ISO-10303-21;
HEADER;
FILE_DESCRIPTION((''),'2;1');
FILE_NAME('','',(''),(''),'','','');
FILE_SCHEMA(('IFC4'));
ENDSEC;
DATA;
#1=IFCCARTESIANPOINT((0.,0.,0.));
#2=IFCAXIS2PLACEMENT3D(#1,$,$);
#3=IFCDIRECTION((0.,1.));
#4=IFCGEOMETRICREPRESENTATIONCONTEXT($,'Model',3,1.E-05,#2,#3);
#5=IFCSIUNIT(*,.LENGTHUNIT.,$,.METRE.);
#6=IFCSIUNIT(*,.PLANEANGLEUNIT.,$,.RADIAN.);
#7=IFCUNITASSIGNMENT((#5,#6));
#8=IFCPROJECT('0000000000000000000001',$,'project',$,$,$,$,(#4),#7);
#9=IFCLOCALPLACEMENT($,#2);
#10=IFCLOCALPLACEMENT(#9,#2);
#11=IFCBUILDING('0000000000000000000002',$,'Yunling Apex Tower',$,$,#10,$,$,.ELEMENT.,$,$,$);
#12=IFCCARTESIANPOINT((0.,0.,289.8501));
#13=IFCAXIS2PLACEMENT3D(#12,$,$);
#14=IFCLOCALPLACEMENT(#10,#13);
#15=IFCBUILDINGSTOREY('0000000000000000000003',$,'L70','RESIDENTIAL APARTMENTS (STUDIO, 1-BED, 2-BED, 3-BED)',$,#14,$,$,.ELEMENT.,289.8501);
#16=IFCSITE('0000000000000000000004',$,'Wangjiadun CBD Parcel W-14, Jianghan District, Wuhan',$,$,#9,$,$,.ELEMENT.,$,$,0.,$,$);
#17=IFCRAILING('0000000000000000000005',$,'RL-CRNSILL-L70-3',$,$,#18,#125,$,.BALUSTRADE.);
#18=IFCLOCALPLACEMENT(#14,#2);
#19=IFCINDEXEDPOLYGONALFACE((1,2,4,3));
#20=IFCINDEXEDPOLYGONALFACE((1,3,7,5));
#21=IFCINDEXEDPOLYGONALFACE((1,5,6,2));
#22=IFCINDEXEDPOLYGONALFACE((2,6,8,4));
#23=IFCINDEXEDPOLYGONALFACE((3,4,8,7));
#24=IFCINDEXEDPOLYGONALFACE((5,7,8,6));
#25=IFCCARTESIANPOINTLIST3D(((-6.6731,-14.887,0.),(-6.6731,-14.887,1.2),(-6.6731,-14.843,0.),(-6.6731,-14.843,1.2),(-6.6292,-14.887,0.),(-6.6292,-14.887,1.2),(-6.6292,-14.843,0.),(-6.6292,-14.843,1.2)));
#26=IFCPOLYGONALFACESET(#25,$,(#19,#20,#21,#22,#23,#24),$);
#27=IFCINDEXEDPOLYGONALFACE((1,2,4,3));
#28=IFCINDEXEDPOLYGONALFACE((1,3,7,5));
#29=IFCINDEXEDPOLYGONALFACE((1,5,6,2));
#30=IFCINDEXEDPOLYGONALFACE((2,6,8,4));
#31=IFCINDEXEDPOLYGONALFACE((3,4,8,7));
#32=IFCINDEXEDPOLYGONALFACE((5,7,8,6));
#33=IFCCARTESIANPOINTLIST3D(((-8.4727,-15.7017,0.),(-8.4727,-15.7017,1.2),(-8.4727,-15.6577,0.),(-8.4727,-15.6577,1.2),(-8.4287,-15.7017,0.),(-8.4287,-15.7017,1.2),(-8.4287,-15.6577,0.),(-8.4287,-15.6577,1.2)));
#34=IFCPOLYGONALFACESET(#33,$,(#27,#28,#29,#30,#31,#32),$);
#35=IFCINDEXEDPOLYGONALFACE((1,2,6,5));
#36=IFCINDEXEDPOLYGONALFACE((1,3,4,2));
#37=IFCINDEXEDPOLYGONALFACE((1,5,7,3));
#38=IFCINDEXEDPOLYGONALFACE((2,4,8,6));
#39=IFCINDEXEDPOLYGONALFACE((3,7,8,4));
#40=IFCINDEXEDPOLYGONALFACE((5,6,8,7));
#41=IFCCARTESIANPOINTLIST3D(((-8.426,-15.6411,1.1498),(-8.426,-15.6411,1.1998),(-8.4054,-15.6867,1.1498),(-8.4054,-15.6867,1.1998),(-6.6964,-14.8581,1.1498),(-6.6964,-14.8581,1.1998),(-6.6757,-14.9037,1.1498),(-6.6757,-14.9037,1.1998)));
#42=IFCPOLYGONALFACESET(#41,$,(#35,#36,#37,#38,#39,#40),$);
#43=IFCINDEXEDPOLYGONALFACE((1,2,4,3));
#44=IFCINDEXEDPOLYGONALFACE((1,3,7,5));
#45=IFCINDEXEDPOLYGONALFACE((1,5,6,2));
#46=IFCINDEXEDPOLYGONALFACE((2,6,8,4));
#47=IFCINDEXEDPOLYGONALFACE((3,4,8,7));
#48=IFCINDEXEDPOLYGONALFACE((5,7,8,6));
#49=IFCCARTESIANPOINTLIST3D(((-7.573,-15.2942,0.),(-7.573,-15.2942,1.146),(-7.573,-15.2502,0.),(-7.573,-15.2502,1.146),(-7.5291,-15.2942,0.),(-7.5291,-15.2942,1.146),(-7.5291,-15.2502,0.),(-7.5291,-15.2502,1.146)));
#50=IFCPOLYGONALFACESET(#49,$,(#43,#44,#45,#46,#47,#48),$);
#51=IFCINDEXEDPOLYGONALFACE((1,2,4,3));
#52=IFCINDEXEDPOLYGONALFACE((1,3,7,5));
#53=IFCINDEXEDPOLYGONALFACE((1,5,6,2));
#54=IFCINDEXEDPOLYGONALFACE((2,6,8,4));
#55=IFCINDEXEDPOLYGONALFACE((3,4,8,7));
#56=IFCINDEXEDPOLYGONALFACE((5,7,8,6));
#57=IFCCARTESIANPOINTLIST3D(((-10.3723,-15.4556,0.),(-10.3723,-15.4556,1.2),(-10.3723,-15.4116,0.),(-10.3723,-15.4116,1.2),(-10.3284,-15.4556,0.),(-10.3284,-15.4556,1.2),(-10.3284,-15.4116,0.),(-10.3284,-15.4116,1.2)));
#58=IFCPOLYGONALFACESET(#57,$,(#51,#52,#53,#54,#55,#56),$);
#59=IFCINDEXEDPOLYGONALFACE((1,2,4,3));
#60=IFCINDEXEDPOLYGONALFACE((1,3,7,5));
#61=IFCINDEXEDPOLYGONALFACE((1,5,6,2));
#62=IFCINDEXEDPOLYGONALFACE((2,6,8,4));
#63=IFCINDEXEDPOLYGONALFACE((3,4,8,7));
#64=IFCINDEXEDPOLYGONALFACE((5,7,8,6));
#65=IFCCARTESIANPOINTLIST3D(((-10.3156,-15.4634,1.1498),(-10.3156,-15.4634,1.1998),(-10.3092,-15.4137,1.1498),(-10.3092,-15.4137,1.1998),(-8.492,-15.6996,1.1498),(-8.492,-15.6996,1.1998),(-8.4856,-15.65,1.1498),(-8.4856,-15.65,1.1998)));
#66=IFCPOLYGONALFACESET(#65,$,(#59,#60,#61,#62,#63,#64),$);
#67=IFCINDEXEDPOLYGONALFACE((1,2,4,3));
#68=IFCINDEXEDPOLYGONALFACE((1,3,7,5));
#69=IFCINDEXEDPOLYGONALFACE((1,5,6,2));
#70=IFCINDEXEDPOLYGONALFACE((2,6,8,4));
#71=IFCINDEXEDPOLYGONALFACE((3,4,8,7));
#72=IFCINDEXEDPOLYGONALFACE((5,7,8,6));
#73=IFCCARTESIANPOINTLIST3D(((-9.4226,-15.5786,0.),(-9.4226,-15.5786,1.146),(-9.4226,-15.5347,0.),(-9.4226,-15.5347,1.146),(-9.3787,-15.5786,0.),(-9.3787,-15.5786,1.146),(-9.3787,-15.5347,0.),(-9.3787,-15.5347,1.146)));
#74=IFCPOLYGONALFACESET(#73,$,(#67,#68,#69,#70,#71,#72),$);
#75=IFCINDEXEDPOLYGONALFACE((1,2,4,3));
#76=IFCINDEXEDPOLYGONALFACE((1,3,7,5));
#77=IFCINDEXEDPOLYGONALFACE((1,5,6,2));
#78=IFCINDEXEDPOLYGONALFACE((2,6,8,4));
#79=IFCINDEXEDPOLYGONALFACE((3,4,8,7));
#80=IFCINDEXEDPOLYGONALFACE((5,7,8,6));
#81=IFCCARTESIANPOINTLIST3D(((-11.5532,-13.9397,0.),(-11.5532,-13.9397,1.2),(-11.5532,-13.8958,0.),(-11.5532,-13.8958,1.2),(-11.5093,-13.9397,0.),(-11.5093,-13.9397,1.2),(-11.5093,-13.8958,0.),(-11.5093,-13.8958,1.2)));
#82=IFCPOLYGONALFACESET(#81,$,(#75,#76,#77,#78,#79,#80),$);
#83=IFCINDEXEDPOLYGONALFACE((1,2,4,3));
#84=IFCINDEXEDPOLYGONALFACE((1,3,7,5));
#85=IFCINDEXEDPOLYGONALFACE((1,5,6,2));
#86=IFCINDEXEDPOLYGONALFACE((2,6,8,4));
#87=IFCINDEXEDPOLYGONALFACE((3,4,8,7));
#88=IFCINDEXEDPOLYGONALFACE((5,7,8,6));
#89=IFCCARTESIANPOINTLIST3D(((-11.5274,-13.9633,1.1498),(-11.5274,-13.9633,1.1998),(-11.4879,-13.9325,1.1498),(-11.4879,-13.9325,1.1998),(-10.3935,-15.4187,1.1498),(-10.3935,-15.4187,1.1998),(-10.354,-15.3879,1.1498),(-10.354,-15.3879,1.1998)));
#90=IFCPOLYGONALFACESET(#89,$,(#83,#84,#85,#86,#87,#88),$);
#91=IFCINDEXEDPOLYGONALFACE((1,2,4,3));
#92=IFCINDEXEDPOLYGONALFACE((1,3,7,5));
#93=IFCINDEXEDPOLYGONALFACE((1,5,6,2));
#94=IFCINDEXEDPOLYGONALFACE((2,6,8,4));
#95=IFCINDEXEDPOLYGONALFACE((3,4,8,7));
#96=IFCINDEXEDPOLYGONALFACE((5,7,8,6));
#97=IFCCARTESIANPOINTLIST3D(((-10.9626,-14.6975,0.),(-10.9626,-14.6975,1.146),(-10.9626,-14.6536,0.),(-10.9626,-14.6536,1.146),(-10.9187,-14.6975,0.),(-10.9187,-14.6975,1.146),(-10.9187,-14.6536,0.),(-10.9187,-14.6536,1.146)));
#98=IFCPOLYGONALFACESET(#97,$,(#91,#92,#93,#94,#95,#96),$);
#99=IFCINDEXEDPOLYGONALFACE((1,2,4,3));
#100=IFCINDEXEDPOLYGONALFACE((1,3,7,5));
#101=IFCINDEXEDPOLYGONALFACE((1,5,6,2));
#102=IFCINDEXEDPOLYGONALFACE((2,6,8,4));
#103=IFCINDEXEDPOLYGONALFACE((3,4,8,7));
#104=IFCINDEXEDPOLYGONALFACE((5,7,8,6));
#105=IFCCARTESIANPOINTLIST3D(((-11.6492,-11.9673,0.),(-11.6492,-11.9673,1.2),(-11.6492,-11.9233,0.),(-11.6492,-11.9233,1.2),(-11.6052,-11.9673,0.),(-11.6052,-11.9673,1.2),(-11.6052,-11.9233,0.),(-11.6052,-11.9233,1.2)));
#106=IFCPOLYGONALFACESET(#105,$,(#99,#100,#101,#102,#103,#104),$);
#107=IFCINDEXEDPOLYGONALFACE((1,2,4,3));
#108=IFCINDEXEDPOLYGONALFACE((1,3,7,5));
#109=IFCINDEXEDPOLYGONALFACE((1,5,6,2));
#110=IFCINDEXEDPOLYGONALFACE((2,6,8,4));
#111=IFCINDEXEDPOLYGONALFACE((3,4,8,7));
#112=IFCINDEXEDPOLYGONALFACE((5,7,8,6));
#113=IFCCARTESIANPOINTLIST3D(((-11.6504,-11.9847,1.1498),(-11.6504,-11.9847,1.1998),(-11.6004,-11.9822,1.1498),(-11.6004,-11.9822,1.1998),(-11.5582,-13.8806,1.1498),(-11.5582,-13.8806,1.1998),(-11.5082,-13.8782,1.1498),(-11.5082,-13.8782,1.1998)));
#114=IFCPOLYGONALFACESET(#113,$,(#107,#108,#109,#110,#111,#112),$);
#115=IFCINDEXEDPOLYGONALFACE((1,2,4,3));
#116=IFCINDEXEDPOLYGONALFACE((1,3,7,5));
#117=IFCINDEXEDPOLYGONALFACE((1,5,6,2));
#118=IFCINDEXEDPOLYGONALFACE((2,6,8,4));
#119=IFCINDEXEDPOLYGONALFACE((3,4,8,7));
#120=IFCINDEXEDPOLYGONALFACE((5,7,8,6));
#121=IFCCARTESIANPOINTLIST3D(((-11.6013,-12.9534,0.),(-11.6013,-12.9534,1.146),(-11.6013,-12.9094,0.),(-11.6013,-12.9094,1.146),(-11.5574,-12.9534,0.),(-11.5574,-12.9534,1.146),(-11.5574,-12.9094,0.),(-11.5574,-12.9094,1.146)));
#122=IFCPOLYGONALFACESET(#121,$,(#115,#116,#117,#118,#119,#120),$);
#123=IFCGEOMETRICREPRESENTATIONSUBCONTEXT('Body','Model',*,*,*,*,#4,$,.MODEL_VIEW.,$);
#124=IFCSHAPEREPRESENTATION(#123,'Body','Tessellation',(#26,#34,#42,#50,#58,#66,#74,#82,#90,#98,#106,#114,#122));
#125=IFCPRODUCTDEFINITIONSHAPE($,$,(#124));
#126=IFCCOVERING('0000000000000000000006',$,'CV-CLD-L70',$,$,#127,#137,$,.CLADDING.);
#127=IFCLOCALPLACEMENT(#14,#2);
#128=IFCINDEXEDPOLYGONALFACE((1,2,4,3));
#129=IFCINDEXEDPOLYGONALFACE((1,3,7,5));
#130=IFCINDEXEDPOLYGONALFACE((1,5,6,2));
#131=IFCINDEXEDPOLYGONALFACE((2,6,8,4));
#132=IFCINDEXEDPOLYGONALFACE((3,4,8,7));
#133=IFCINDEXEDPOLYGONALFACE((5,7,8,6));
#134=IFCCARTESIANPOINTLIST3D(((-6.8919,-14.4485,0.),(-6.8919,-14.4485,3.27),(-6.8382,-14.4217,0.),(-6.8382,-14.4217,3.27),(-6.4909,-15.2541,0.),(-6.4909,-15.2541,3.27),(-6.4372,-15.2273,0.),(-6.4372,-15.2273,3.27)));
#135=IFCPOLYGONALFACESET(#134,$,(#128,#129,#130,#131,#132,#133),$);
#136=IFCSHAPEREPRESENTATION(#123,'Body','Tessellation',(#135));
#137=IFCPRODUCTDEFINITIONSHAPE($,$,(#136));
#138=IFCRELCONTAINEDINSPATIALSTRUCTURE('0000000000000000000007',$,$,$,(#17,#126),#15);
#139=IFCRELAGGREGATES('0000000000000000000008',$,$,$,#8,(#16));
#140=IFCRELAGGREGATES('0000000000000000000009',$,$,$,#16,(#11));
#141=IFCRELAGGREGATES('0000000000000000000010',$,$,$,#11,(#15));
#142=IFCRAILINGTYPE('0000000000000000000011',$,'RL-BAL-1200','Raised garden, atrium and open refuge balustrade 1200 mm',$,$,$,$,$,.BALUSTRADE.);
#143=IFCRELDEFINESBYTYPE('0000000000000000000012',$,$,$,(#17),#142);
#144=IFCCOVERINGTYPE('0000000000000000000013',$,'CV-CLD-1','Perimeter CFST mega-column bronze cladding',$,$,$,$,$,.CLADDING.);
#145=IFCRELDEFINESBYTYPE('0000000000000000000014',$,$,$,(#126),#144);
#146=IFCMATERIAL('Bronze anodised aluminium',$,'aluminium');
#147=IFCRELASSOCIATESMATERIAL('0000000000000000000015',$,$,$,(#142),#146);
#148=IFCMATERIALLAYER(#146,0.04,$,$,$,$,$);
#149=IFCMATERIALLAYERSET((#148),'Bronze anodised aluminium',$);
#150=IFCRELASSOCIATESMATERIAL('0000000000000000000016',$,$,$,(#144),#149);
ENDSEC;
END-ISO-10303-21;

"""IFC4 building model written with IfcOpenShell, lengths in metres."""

from ifc_helpers import new_model, si_unit, direction, frame, origin, origin_2d, place, context, subcontext, project, spatial, rectangle, extrude, source, transform, mapped, material, layer, layer_set, type_object, element, save


model = new_model("IFC4")

# Units and contexts
model_context = context("Model", 3, precision=1e-05, world=origin(), true_north=direction((0.0, 1.0)))
body_context = subcontext(model_context, "Body", "Model", "MODEL_VIEW")
ifc_project = project(units=[si_unit("LENGTHUNIT", "METRE"), si_unit("PLANEANGLEUNIT", "RADIAN")], contexts=[model_context])

# Site, building, storey
site_placement = place(None, origin())
site = spatial("IfcSite", under=ifc_project, at=site_placement, Name="Wangjiadun CBD Parcel W-14, Jianghan District, Wuhan", CompositionType="ELEMENT", RefElevation=0.0)
building_placement = place(site_placement, origin())
building = spatial("IfcBuilding", under=site, at=building_placement, Name="Yunling Apex Tower", CompositionType="ELEMENT")
storey_placement = place(building_placement, frame((0.0, 0.0, 289.8501)))
storey = spatial("IfcBuildingStorey", under=building, at=storey_placement, Name="L70", Description="RESIDENTIAL APARTMENTS (STUDIO, 1-BED, 2-BED, 3-BED)", CompositionType="ELEMENT", Elevation=289.8501)

# Shared definitions
ifc_material_1 = material(Name="Bronze anodised aluminium", Category="aluminium")

# Railing
railing_type = type_object("IfcRailingType", Name="RL-BAL-1200", Description="Raised garden, atrium and open refuge balustrade 1200 mm", PredefinedType="BALUSTRADE", material=ifc_material_1)
railing_placement = place(storey_placement, frame((-6.6511, -14.865, 0.0)))
element("IfcRailing", 1, at=railing_placement, inside=storey, type_object=railing_type, Name="RL-CRNSILL-L70-3", PredefinedType="BALUSTRADE", context=body_context, shape_type="SweptSolid", body=[
    extrude(rectangle(XDim=0.0439, YDim=0.0439, at=origin_2d()), origin(), (0.0, 0.0, 1.0), 1.2),
    extrude(rectangle(XDim=0.0439, YDim=0.0439, at=origin_2d()), frame((-1.7996, -0.8147, 0.0)), (0.0, 0.0, 1.0), 1.2),
    extrude(rectangle(XDim=0.05, YDim=0.05, at=origin_2d()), frame((-0.0349, -0.0159, 1.1748), z_axis=(-0.910992, -0.412424, 0.0), x_axis=(0.412424, -0.910992, 0.0)), (0.0, 0.0, 1.0), 1.8987),
    extrude(rectangle(XDim=0.0439, YDim=0.0439, at=origin_2d()), frame((-0.8999, -0.4072, 0.0)), (0.0, 0.0, 1.0), 1.146),
    extrude(rectangle(XDim=0.0439, YDim=0.0439, at=origin_2d()), frame((-3.6992, -0.5686, 0.0)), (0.0, 0.0, 1.0), 1.2),
    extrude(rectangle(XDim=0.05, YDim=0.05, at=origin_2d()), frame((-1.8376, -0.8098, 1.1748), z_axis=(-0.991713, 0.128473, 0.0), x_axis=(-0.128473, -0.991713, 0.0)), (0.0, 0.0, 1.0), 1.8389),
    extrude(rectangle(XDim=0.0439, YDim=0.0439, at=origin_2d()), frame((-2.7495, -0.6917, 0.0)), (0.0, 0.0, 1.0), 1.146),
    extrude(rectangle(XDim=0.0439, YDim=0.0439, at=origin_2d()), frame((-4.8801, 0.9473, 0.0)), (0.0, 0.0, 1.0), 1.2),
    extrude(rectangle(XDim=0.05, YDim=0.05, at=origin_2d()), frame((-3.7227, -0.5383, 1.1748), z_axis=(-0.614556, 0.788873, 0.0), x_axis=(-0.788873, -0.614556, 0.0)), (0.0, 0.0, 1.0), 1.845),
    extrude(rectangle(XDim=0.0439, YDim=0.0439, at=origin_2d()), frame((-4.2896, 0.1895, 0.0)), (0.0, 0.0, 1.0), 1.146),
    extrude(rectangle(XDim=0.0439, YDim=0.0439, at=origin_2d()), frame((-4.9761, 2.9197, 0.0)), (0.0, 0.0, 1.0), 1.2),
    extrude(rectangle(XDim=0.05, YDim=0.05, at=origin_2d()), frame((-4.8821, 0.9856, 1.1748), z_axis=(-0.048587, 0.998819, 0.0), x_axis=(-0.998819, -0.048587, 0.0)), (0.0, 0.0, 1.0), 1.8982),
    extrude(rectangle(XDim=0.0439, YDim=0.0439, at=origin_2d()), frame((-4.9282, 1.9336, 0.0)), (0.0, 0.0, 1.0), 1.146),
])

# Covering
ifc_layer_1 = layer(ifc_material_1, 0.04)
ifc_layer_set_1 = layer_set([ifc_layer_1], Name="Bronze anodised aluminium")
covering_type = type_object("IfcCoveringType", Name="CV-CLD-1", Description="Perimeter CFST mega-column bronze cladding", PredefinedType="CLADDING", material=ifc_layer_set_1)
shared_shape_1 = source(origin(), body_context, "Body", "SweptSolid", [
    extrude(rectangle(XDim=0.0601, YDim=0.8999, at=origin_2d()), origin(), (0.0, 0.0, 1.0), 3.27),
])
covering_placement = place(storey_placement, frame((-6.6646, -14.8379, 0.0), z_axis=(0.0, 0.0, 1.0), x_axis=(0.895246, 0.445573, 0.0)))
element("IfcCovering", 2, at=covering_placement, inside=storey, type_object=covering_type, Name="CV-CLD-L70", PredefinedType="CLADDING", context=body_context, shape_type="MappedRepresentation", body=[
    mapped(shared_shape_1, transform((0.0, 0.0, 0.0), scale=1.0)),
])

save(model, "model.ifc")
